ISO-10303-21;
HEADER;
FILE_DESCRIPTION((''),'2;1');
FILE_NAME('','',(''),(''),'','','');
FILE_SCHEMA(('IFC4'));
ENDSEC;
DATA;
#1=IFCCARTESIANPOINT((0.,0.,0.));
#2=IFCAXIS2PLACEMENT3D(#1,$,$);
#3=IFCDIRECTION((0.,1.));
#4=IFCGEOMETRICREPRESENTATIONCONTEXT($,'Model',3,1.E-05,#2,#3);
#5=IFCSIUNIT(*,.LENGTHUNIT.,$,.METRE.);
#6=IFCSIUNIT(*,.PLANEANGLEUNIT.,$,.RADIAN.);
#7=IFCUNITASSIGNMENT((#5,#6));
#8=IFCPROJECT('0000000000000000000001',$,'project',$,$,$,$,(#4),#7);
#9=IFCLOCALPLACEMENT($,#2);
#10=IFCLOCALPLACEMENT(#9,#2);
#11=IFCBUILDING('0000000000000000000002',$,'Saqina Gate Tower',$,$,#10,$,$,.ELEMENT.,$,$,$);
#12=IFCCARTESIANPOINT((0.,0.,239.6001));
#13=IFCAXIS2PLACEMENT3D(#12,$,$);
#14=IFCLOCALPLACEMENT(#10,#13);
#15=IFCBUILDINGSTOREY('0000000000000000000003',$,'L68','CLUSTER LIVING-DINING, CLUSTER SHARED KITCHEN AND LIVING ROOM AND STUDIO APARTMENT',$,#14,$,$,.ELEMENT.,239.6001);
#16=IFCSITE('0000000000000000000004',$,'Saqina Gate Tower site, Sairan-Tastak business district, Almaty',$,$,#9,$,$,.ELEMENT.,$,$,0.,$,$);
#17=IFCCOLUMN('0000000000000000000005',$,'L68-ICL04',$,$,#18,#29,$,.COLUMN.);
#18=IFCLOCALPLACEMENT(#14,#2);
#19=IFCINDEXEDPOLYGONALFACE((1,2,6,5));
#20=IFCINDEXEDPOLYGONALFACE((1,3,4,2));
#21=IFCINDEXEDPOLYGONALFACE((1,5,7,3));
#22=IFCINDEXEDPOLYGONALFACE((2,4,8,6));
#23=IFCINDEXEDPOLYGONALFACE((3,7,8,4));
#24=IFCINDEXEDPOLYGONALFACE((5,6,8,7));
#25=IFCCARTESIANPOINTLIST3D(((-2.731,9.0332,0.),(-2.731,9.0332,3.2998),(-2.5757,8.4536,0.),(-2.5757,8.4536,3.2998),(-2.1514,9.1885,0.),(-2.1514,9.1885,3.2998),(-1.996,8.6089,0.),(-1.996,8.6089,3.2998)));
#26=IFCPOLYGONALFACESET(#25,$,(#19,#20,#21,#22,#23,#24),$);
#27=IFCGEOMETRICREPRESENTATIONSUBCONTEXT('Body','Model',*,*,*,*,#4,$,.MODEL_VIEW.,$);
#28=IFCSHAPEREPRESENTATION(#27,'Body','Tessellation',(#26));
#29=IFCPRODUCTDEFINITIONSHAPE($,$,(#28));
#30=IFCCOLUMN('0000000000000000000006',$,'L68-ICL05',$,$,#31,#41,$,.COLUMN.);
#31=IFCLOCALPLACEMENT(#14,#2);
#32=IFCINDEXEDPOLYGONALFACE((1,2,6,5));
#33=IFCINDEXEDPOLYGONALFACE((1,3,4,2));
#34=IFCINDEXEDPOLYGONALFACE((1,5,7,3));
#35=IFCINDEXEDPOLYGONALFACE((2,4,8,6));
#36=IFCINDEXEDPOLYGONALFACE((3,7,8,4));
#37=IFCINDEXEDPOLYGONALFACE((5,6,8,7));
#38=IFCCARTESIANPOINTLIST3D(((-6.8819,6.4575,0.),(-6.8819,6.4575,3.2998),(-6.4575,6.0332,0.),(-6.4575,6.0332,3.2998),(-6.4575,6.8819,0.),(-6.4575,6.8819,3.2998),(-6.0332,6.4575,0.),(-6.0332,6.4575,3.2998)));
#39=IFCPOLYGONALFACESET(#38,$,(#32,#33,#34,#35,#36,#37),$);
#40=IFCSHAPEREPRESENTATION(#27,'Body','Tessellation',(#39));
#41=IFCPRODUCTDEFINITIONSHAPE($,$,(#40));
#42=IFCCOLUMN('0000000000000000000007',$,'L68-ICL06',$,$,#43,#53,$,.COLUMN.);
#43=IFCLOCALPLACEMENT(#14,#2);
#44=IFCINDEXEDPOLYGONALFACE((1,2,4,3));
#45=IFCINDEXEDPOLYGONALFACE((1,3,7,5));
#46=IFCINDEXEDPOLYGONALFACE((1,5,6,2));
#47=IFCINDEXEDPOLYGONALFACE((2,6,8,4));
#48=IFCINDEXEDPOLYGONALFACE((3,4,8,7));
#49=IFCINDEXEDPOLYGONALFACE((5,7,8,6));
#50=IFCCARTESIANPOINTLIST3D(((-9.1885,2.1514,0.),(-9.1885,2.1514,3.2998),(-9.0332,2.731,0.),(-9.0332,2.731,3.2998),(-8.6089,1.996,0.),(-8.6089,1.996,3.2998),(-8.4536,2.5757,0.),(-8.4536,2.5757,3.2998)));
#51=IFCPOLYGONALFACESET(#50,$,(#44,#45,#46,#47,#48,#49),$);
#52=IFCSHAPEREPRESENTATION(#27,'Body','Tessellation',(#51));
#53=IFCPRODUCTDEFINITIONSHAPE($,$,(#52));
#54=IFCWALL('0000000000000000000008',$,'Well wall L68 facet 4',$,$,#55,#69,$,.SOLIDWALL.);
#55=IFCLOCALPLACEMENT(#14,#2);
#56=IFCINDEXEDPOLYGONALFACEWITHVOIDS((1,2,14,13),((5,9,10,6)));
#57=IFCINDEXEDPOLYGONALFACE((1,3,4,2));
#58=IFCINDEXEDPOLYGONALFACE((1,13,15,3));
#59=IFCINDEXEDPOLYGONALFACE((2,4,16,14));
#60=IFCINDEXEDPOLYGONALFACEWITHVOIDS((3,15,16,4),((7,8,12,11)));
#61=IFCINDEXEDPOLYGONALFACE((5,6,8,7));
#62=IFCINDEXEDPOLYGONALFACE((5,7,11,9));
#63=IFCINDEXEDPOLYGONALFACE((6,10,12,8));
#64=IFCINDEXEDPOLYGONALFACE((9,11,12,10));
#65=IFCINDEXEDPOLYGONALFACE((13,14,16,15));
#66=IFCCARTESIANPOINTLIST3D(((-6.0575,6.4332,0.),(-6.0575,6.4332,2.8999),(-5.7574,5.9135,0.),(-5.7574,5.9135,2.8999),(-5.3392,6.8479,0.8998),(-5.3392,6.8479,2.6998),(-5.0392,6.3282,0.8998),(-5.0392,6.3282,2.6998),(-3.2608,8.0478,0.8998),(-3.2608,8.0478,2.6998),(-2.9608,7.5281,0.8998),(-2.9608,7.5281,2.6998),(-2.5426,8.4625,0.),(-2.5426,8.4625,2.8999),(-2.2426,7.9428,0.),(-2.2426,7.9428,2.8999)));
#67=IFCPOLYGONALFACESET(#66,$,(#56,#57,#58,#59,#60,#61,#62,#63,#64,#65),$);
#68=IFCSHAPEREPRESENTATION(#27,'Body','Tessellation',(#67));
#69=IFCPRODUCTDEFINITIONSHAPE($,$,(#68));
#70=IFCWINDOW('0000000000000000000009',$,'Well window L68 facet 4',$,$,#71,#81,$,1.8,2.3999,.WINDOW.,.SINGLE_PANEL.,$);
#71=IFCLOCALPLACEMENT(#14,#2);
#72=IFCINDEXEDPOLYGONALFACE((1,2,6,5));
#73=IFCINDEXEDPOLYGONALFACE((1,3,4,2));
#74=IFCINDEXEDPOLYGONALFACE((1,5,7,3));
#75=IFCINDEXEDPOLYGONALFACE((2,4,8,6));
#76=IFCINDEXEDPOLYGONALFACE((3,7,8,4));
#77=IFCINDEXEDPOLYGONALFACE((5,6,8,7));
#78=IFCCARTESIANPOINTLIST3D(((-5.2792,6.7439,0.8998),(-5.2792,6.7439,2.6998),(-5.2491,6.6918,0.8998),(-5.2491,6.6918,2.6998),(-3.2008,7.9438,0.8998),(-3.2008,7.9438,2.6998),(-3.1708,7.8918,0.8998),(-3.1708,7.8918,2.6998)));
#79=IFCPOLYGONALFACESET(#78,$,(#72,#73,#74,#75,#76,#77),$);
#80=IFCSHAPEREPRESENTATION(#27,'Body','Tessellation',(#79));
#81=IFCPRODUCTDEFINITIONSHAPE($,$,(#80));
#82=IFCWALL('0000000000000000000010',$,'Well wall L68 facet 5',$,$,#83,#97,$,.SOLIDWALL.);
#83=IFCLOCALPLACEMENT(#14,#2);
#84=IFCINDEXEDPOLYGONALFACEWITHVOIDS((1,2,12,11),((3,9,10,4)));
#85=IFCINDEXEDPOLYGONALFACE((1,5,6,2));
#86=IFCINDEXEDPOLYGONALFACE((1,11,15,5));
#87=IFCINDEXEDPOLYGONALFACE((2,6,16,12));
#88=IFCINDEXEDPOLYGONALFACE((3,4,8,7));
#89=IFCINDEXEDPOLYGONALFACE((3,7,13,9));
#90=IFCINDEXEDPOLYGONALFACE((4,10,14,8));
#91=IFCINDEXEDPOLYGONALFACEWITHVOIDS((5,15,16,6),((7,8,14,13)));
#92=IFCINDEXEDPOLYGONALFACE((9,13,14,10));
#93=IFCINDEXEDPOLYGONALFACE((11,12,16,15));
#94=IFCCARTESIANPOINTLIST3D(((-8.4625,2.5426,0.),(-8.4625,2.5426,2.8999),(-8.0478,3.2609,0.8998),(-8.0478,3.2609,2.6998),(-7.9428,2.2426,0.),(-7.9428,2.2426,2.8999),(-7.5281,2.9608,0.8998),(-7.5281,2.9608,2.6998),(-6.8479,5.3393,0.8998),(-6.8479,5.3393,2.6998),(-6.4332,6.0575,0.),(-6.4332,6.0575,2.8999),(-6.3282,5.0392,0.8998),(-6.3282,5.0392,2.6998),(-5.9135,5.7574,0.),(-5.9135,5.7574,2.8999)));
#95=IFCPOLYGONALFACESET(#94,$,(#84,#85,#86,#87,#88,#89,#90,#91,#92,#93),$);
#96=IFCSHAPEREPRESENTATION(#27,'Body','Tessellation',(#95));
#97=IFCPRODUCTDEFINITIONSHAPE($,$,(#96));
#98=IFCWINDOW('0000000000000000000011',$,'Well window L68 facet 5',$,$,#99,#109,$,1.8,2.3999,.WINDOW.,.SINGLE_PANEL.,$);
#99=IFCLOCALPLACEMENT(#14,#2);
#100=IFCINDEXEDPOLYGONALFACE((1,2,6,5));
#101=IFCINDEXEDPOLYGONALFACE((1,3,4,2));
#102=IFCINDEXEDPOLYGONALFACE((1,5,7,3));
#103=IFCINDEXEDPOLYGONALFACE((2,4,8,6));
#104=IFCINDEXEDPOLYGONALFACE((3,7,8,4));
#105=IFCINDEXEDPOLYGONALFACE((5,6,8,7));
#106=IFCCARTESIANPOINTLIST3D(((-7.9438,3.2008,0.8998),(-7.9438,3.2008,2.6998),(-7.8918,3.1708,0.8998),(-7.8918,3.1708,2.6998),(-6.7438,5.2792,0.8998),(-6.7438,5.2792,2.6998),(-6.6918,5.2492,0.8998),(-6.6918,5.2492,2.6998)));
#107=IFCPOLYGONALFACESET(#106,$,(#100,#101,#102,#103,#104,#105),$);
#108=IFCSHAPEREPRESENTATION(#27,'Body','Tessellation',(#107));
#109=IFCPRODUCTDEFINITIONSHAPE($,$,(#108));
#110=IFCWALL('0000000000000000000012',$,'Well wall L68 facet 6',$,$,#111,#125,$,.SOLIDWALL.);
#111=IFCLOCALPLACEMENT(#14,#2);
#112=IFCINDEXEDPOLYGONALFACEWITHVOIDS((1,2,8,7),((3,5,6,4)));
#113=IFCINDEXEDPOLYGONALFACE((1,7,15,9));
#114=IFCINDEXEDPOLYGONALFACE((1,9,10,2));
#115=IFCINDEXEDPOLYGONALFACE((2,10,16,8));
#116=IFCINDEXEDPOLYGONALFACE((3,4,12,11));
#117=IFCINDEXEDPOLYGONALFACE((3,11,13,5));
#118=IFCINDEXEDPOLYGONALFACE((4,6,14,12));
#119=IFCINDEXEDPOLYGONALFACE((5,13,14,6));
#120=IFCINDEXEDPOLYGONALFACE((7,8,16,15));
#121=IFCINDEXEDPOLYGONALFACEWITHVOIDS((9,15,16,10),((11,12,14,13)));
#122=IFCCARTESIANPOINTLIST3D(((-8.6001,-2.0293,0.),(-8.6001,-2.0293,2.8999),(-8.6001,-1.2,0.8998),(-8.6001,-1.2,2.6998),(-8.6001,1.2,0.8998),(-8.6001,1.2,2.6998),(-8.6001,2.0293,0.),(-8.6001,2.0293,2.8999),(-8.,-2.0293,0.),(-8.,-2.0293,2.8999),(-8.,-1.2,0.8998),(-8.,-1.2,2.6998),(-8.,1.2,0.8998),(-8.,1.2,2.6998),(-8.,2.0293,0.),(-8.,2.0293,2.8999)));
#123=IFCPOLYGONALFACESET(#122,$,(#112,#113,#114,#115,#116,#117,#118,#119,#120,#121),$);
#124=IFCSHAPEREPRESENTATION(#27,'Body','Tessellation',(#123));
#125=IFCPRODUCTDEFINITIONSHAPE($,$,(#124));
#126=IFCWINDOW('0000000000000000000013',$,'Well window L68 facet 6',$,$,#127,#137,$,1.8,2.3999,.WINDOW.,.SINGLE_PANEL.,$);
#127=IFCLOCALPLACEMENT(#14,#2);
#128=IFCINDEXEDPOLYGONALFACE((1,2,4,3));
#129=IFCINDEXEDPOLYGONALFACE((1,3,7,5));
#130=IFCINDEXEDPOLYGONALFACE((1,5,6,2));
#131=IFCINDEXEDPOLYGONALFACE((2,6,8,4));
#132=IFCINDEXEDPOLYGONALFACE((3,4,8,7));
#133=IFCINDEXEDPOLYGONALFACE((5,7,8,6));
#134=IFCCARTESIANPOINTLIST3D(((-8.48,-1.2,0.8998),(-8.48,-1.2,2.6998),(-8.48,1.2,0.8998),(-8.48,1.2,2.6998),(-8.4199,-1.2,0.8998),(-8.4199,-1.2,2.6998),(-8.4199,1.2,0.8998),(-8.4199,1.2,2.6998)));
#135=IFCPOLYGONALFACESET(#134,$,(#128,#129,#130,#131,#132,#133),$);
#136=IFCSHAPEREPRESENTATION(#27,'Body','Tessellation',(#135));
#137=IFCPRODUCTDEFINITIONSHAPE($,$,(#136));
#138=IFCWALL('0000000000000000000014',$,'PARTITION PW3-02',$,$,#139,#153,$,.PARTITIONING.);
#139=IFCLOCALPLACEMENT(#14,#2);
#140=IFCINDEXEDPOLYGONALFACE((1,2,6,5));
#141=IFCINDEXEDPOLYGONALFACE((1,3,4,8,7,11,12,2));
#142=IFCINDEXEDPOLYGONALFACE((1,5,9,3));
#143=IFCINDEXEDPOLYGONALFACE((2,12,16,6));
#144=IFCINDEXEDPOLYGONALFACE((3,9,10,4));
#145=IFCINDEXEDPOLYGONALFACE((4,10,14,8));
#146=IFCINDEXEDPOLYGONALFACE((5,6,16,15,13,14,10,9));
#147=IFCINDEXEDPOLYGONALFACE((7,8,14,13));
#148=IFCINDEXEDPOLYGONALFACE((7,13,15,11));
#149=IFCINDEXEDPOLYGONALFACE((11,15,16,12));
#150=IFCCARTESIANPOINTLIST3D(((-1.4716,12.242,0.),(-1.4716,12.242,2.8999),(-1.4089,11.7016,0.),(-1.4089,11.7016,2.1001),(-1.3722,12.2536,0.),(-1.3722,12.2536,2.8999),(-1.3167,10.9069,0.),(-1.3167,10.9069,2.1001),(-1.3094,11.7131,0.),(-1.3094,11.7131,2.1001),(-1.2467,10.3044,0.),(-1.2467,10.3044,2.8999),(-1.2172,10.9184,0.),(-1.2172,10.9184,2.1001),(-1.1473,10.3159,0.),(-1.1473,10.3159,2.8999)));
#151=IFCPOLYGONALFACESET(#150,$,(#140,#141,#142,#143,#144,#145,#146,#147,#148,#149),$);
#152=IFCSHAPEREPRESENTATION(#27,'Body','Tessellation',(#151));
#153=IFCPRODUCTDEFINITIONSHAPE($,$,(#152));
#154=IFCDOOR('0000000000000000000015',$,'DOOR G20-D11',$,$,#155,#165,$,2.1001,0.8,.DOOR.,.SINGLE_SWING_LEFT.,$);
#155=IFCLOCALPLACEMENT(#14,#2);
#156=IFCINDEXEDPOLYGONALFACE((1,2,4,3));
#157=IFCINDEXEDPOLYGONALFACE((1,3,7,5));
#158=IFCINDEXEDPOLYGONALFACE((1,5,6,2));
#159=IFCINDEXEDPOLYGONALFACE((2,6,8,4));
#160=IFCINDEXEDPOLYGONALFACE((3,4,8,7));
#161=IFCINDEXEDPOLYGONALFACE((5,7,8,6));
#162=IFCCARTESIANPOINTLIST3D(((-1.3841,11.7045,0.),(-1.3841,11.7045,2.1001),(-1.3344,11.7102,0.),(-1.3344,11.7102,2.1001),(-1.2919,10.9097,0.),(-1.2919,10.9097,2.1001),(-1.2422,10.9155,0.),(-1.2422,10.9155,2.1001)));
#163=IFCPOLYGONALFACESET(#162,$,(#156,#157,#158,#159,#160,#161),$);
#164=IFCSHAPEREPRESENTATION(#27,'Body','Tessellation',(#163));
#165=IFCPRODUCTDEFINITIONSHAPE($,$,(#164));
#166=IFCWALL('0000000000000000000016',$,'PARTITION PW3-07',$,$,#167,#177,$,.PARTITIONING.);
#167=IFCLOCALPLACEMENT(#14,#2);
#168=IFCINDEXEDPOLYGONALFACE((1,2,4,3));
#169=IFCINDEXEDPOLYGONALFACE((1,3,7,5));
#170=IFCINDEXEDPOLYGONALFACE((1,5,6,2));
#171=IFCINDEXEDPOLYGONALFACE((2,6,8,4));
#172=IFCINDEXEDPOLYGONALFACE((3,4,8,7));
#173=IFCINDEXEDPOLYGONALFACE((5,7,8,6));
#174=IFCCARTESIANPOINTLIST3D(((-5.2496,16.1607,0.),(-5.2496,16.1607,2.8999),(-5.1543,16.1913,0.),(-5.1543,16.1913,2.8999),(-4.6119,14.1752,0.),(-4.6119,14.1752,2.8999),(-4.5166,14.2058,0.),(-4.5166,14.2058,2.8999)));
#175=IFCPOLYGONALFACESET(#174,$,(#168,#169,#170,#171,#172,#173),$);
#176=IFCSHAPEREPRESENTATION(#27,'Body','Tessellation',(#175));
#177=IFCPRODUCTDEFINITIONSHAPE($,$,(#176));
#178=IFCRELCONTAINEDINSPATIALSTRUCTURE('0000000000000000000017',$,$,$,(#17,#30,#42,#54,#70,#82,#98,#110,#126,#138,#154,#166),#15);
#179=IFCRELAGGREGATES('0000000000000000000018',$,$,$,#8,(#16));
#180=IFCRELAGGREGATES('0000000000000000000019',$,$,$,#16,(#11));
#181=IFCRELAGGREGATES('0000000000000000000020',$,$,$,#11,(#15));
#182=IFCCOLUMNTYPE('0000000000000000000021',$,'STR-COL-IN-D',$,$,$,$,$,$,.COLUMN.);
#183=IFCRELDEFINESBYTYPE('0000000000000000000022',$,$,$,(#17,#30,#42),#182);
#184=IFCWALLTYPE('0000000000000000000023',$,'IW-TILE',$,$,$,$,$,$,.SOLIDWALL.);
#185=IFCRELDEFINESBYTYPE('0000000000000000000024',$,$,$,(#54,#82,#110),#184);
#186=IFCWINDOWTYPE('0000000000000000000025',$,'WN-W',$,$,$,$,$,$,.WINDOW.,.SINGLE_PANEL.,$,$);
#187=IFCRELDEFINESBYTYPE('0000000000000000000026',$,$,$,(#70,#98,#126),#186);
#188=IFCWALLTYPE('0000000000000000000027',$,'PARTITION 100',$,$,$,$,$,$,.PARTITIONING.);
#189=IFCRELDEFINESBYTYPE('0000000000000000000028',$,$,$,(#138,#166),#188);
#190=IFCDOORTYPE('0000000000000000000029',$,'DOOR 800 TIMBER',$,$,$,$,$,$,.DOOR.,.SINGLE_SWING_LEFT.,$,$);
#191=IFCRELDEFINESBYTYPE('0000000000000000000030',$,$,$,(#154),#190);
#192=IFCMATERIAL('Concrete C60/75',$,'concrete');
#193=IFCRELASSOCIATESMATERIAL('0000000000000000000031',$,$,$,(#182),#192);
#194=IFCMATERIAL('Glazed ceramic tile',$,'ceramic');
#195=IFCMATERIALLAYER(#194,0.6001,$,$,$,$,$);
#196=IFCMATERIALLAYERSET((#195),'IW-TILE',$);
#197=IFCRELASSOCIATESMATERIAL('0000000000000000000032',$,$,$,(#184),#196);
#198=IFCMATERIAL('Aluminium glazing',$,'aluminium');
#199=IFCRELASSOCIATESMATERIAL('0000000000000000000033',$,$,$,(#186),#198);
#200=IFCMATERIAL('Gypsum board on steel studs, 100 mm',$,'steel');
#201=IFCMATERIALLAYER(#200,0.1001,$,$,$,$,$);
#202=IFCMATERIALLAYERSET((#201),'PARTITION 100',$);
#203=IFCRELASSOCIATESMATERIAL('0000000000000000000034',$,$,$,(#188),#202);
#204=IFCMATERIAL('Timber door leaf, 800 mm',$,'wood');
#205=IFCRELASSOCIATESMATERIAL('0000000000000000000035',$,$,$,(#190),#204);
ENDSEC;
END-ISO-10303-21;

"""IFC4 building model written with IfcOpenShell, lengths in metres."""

from ifc_helpers import new_model, si_unit, direction, frame, frame_2d, origin, origin_2d, place, context, subcontext, project, spatial, rectangle, extrude, material, layer, layer_set, material_profile, profile_set, type_object, element, fill, save


model = new_model("IFC4")

# Units and contexts
model_context = context("Model", 3, precision=1e-05, world=origin(), true_north=direction((0.0, 1.0)))
body_context = subcontext(model_context, "Body", "Model", "MODEL_VIEW")
ifc_project = project(units=[si_unit("LENGTHUNIT", "METRE"), si_unit("PLANEANGLEUNIT", "RADIAN")], contexts=[model_context])

# Site, building, storey
site_placement = place(None, origin())
site = spatial("IfcSite", under=ifc_project, at=site_placement, Name="Saqina Gate Tower site, Sairan-Tastak business district, Almaty", CompositionType="ELEMENT", RefElevation=0.0)
building_placement = place(site_placement, origin())
building = spatial("IfcBuilding", under=site, at=building_placement, Name="Saqina Gate Tower", CompositionType="ELEMENT")
storey_placement = place(building_placement, frame((0.0, 0.0, 239.6001)))
storey = spatial("IfcBuildingStorey", under=building, at=storey_placement, Name="L68", Description="CLUSTER LIVING-DINING, CLUSTER SHARED KITCHEN AND LIVING ROOM AND STUDIO APARTMENT", CompositionType="ELEMENT", Elevation=239.6001)

# Columns
ifc_material_1 = material(Name="Concrete C60/75", Category="concrete")
ifc_material_profile = material_profile(ifc_material_1, rectangle(XDim=0.6001, YDim=0.6001, at=origin_2d()), Name="RC 600x600")
ifc_profile_set = profile_set([ifc_material_profile], Name="Concrete C60/75")
column_type = type_object("IfcColumnType", Name="STR-COL-IN-D", PredefinedType="COLUMN", material=ifc_profile_set)
for number, where, z_axis, x_axis, name in (
    (1, (-2.3635, 8.821, 0.0), (0.0, 0.0, 1.0), (-0.258819, 0.965926, 0.0), "L68-ICL04"),
    (2, (-6.4575, 6.4575, 0.0), (0.0, 0.0, 1.0), (-0.707107, 0.707107, 0.0), "L68-ICL05"),
    (3, (-8.821, 2.3635, 0.0), (0.0, 0.0, 1.0), (-0.965926, 0.258819, 0.0), "L68-ICL06"),
):
    element("IfcColumn", number, at=place(storey_placement, frame(where, z_axis=z_axis, x_axis=x_axis)), inside=storey, type_object=column_type, Name=name, PredefinedType="COLUMN", context=body_context, shape_type="SweptSolid", body=[
        extrude(rectangle(XDim=0.6001, YDim=0.6001, at=origin_2d()), origin(), (0.0, 0.0, 1.0), 3.2998),
    ])

# Walls, openings, windows
ifc_material_2 = material(Name="Glazed ceramic tile", Category="ceramic")
ifc_layer_1 = layer(ifc_material_2, 0.6001)
ifc_layer_set_1 = layer_set([ifc_layer_1], Name="IW-TILE")
wall_type_1 = type_object("IfcWallType", Name="IW-TILE", PredefinedType="SOLIDWALL", material=ifc_layer_set_1)
wall_1_placement = place(storey_placement, frame((-2.3926, 8.2026, 0.0), z_axis=(0.0, 0.0, 1.0), x_axis=(-0.866028, -0.499995, 0.0)))
wall_1 = element("IfcWall", 4, at=wall_1_placement, inside=storey, type_object=wall_type_1, Name="Well wall L68 facet 4", PredefinedType="SOLIDWALL", context=body_context, shape_type="SweptSolid", body=[
    extrude(rectangle(XDim=4.0586, YDim=0.6001, at=frame_2d((2.0293, 0.0))), origin(), (0.0, 0.0, 1.0), 2.8999),
])
opening_1_placement = place(wall_1_placement, frame((0.8293, 0.0, 0.8999)))
opening_1 = element("IfcOpeningElement", 5, at=opening_1_placement, cuts=wall_1, PredefinedType="OPENING", context=body_context, shape_type="SweptSolid", body=[
    extrude(rectangle(XDim=2.3999, YDim=1.8, at=frame_2d((1.2, 0.8999))), frame((0.0, 0.312, 0.0), z_axis=(0.0, -1.0, 0.0), x_axis=(1.0, 0.0, 0.0)), (0.0, 0.0, 1.0), 0.624),
])
ifc_material_3 = material(Name="Aluminium glazing", Category="aluminium")
window_type = type_object("IfcWindowType", Name="WN-W", PartitioningType="SINGLE_PANEL", PredefinedType="WINDOW", material=ifc_material_3)
window_1_placement = place(opening_1_placement, origin())
window_1 = element("IfcWindow", 6, at=window_1_placement, inside=storey, type_object=window_type, Name="Well window L68 facet 4", OverallHeight=1.8, OverallWidth=2.3999, PartitioningType="SINGLE_PANEL", PredefinedType="WINDOW", context=body_context, shape_type="SweptSolid", body=[
    extrude(rectangle(XDim=2.3999, YDim=1.8, at=frame_2d((1.2, 0.8999))), frame((0.0, -0.1199, 0.0), z_axis=(0.0, -1.0, 0.0), x_axis=(1.0, 0.0, 0.0)), (0.0, 0.0, 1.0), 0.0601),
])
fill(opening_1, window_1)
wall_2_placement = place(storey_placement, frame((-6.1733, 5.9075, 0.0), z_axis=(0.0, 0.0, 1.0), x_axis=(-0.499995, -0.866028, 0.0)))
wall_2 = element("IfcWall", 7, at=wall_2_placement, inside=storey, type_object=wall_type_1, Name="Well wall L68 facet 5", PredefinedType="SOLIDWALL", context=body_context, shape_type="SweptSolid", body=[
    extrude(rectangle(XDim=4.0586, YDim=0.6001, at=frame_2d((2.0293, 0.0))), origin(), (0.0, 0.0, 1.0), 2.8999),
])
opening_2_placement = place(wall_2_placement, frame((0.8293, 0.0, 0.8999)))
opening_2 = element("IfcOpeningElement", 8, at=opening_2_placement, cuts=wall_2, PredefinedType="OPENING", context=body_context, shape_type="SweptSolid", body=[
    extrude(rectangle(XDim=2.3999, YDim=1.8, at=frame_2d((1.2, 0.8999))), frame((0.0, 0.312, 0.0), z_axis=(0.0, -1.0, 0.0), x_axis=(1.0, 0.0, 0.0)), (0.0, 0.0, 1.0), 0.624),
])
window_2_placement = place(opening_2_placement, origin())
window_2 = element("IfcWindow", 9, at=window_2_placement, inside=storey, type_object=window_type, Name="Well window L68 facet 5", OverallHeight=1.8, OverallWidth=2.3999, PartitioningType="SINGLE_PANEL", PredefinedType="WINDOW", context=body_context, shape_type="SweptSolid", body=[
    extrude(rectangle(XDim=2.3999, YDim=1.8, at=frame_2d((1.2, 0.8999))), frame((0.0, -0.1199, 0.0), z_axis=(0.0, -1.0, 0.0), x_axis=(1.0, 0.0, 0.0)), (0.0, 0.0, 1.0), 0.0601),
])
fill(opening_2, window_2)
wall_3_placement = place(storey_placement, frame((-8.3, 2.0293, 0.0), z_axis=(0.0, 0.0, 1.0), x_axis=(0.0, -1.0, 0.0)))
wall_3 = element("IfcWall", 10, at=wall_3_placement, inside=storey, type_object=wall_type_1, Name="Well wall L68 facet 6", PredefinedType="SOLIDWALL", context=body_context, shape_type="SweptSolid", body=[
    extrude(rectangle(XDim=4.0586, YDim=0.6001, at=frame_2d((2.0293, 0.0))), origin(), (0.0, 0.0, 1.0), 2.8999),
])
opening_3_placement = place(wall_3_placement, frame((0.8293, 0.0, 0.8999)))
opening_3 = element("IfcOpeningElement", 11, at=opening_3_placement, cuts=wall_3, PredefinedType="OPENING", context=body_context, shape_type="SweptSolid", body=[
    extrude(rectangle(XDim=2.3999, YDim=1.8, at=frame_2d((1.2, 0.8999))), frame((0.0, 0.312, 0.0), z_axis=(0.0, -1.0, 0.0), x_axis=(1.0, 0.0, 0.0)), (0.0, 0.0, 1.0), 0.624),
])
window_3_placement = place(opening_3_placement, origin())
window_3 = element("IfcWindow", 12, at=window_3_placement, inside=storey, type_object=window_type, Name="Well window L68 facet 6", OverallHeight=1.8, OverallWidth=2.3999, PartitioningType="SINGLE_PANEL", PredefinedType="WINDOW", context=body_context, shape_type="SweptSolid", body=[
    extrude(rectangle(XDim=2.3999, YDim=1.8, at=frame_2d((1.2, 0.8999))), frame((0.0, -0.1199, 0.0), z_axis=(0.0, -1.0, 0.0), x_axis=(1.0, 0.0, 0.0)), (0.0, 0.0, 1.0), 0.0601),
])
fill(opening_3, window_3)

# Wall, opening, door
ifc_material_4 = material(Name="Gypsum board on steel studs, 100 mm", Category="steel")
ifc_layer_2 = layer(ifc_material_4, 0.1001)
ifc_layer_set_2 = layer_set([ifc_layer_2], Name="PARTITION 100")
wall_type_2 = type_object("IfcWallType", Name="PARTITION 100", PredefinedType="PARTITIONING", material=ifc_layer_set_2)
wall_4_placement = place(storey_placement, frame((-1.4219, 12.2478, 0.0), z_axis=(0.0, 0.0, 1.0), x_axis=(0.115265, -0.993335, 0.0)))
wall_4 = element("IfcWall", 13, at=wall_4_placement, inside=storey, type_object=wall_type_2, Name="PARTITION PW3-02", PredefinedType="PARTITIONING", context=body_context, shape_type="SweptSolid", body=[
    extrude(rectangle(XDim=1.9507, YDim=0.1001, at=frame_2d((0.9753, 0.0))), origin(), (0.0, 0.0, 1.0), 2.8999),
])
opening_4_placement = place(wall_4_placement, frame((0.5442, 0.0, 0.0)))
opening_4 = element("IfcOpeningElement", 14, at=opening_4_placement, cuts=wall_4, PredefinedType="OPENING", context=body_context, shape_type="SweptSolid", body=[
    extrude(rectangle(XDim=0.8, YDim=2.1001, at=frame_2d((0.3999, 1.05))), frame((0.0, 0.062, 0.0), z_axis=(0.0, -1.0, 0.0), x_axis=(1.0, 0.0, 0.0)), (0.0, 0.0, 1.0), 0.124),
])
ifc_material_5 = material(Name="Timber door leaf, 800 mm", Category="wood")
door_type_1 = type_object("IfcDoorType", Name="DOOR 800 TIMBER", OperationType="SINGLE_SWING_LEFT", PredefinedType="DOOR", material=ifc_material_5)
door_1_placement = place(opening_4_placement, origin())
door_1 = element("IfcDoor", 15, at=door_1_placement, inside=storey, type_object=door_type_1, Name="DOOR G20-D11", OperationType="SINGLE_SWING_LEFT", OverallHeight=2.1001, OverallWidth=0.8, PredefinedType="DOOR", context=body_context, shape_type="SweptSolid", body=[
    extrude(rectangle(XDim=0.8, YDim=2.1001, at=frame_2d((0.3999, 1.05))), frame((0.0, 0.0249, 0.0), z_axis=(0.0, -1.0, 0.0), x_axis=(1.0, 0.0, 0.0)), (0.0, 0.0, 1.0), 0.05),
])
fill(opening_4, door_1)

# Wall
wall_5_placement = place(storey_placement, frame((-5.2019, 16.176, 0.0), z_axis=(0.0, 0.0, 1.0), x_axis=(0.305778, -0.952103, 0.0)))
element("IfcWall", 16, at=wall_5_placement, inside=storey, type_object=wall_type_2, Name="PARTITION PW3-07", PredefinedType="PARTITIONING", context=body_context, shape_type="SweptSolid", body=[
    extrude(rectangle(XDim=2.0854, YDim=0.1001, at=frame_2d((1.0427, 0.0))), origin(), (0.0, 0.0, 1.0), 2.8999),
])

save(model, "model.ifc")
